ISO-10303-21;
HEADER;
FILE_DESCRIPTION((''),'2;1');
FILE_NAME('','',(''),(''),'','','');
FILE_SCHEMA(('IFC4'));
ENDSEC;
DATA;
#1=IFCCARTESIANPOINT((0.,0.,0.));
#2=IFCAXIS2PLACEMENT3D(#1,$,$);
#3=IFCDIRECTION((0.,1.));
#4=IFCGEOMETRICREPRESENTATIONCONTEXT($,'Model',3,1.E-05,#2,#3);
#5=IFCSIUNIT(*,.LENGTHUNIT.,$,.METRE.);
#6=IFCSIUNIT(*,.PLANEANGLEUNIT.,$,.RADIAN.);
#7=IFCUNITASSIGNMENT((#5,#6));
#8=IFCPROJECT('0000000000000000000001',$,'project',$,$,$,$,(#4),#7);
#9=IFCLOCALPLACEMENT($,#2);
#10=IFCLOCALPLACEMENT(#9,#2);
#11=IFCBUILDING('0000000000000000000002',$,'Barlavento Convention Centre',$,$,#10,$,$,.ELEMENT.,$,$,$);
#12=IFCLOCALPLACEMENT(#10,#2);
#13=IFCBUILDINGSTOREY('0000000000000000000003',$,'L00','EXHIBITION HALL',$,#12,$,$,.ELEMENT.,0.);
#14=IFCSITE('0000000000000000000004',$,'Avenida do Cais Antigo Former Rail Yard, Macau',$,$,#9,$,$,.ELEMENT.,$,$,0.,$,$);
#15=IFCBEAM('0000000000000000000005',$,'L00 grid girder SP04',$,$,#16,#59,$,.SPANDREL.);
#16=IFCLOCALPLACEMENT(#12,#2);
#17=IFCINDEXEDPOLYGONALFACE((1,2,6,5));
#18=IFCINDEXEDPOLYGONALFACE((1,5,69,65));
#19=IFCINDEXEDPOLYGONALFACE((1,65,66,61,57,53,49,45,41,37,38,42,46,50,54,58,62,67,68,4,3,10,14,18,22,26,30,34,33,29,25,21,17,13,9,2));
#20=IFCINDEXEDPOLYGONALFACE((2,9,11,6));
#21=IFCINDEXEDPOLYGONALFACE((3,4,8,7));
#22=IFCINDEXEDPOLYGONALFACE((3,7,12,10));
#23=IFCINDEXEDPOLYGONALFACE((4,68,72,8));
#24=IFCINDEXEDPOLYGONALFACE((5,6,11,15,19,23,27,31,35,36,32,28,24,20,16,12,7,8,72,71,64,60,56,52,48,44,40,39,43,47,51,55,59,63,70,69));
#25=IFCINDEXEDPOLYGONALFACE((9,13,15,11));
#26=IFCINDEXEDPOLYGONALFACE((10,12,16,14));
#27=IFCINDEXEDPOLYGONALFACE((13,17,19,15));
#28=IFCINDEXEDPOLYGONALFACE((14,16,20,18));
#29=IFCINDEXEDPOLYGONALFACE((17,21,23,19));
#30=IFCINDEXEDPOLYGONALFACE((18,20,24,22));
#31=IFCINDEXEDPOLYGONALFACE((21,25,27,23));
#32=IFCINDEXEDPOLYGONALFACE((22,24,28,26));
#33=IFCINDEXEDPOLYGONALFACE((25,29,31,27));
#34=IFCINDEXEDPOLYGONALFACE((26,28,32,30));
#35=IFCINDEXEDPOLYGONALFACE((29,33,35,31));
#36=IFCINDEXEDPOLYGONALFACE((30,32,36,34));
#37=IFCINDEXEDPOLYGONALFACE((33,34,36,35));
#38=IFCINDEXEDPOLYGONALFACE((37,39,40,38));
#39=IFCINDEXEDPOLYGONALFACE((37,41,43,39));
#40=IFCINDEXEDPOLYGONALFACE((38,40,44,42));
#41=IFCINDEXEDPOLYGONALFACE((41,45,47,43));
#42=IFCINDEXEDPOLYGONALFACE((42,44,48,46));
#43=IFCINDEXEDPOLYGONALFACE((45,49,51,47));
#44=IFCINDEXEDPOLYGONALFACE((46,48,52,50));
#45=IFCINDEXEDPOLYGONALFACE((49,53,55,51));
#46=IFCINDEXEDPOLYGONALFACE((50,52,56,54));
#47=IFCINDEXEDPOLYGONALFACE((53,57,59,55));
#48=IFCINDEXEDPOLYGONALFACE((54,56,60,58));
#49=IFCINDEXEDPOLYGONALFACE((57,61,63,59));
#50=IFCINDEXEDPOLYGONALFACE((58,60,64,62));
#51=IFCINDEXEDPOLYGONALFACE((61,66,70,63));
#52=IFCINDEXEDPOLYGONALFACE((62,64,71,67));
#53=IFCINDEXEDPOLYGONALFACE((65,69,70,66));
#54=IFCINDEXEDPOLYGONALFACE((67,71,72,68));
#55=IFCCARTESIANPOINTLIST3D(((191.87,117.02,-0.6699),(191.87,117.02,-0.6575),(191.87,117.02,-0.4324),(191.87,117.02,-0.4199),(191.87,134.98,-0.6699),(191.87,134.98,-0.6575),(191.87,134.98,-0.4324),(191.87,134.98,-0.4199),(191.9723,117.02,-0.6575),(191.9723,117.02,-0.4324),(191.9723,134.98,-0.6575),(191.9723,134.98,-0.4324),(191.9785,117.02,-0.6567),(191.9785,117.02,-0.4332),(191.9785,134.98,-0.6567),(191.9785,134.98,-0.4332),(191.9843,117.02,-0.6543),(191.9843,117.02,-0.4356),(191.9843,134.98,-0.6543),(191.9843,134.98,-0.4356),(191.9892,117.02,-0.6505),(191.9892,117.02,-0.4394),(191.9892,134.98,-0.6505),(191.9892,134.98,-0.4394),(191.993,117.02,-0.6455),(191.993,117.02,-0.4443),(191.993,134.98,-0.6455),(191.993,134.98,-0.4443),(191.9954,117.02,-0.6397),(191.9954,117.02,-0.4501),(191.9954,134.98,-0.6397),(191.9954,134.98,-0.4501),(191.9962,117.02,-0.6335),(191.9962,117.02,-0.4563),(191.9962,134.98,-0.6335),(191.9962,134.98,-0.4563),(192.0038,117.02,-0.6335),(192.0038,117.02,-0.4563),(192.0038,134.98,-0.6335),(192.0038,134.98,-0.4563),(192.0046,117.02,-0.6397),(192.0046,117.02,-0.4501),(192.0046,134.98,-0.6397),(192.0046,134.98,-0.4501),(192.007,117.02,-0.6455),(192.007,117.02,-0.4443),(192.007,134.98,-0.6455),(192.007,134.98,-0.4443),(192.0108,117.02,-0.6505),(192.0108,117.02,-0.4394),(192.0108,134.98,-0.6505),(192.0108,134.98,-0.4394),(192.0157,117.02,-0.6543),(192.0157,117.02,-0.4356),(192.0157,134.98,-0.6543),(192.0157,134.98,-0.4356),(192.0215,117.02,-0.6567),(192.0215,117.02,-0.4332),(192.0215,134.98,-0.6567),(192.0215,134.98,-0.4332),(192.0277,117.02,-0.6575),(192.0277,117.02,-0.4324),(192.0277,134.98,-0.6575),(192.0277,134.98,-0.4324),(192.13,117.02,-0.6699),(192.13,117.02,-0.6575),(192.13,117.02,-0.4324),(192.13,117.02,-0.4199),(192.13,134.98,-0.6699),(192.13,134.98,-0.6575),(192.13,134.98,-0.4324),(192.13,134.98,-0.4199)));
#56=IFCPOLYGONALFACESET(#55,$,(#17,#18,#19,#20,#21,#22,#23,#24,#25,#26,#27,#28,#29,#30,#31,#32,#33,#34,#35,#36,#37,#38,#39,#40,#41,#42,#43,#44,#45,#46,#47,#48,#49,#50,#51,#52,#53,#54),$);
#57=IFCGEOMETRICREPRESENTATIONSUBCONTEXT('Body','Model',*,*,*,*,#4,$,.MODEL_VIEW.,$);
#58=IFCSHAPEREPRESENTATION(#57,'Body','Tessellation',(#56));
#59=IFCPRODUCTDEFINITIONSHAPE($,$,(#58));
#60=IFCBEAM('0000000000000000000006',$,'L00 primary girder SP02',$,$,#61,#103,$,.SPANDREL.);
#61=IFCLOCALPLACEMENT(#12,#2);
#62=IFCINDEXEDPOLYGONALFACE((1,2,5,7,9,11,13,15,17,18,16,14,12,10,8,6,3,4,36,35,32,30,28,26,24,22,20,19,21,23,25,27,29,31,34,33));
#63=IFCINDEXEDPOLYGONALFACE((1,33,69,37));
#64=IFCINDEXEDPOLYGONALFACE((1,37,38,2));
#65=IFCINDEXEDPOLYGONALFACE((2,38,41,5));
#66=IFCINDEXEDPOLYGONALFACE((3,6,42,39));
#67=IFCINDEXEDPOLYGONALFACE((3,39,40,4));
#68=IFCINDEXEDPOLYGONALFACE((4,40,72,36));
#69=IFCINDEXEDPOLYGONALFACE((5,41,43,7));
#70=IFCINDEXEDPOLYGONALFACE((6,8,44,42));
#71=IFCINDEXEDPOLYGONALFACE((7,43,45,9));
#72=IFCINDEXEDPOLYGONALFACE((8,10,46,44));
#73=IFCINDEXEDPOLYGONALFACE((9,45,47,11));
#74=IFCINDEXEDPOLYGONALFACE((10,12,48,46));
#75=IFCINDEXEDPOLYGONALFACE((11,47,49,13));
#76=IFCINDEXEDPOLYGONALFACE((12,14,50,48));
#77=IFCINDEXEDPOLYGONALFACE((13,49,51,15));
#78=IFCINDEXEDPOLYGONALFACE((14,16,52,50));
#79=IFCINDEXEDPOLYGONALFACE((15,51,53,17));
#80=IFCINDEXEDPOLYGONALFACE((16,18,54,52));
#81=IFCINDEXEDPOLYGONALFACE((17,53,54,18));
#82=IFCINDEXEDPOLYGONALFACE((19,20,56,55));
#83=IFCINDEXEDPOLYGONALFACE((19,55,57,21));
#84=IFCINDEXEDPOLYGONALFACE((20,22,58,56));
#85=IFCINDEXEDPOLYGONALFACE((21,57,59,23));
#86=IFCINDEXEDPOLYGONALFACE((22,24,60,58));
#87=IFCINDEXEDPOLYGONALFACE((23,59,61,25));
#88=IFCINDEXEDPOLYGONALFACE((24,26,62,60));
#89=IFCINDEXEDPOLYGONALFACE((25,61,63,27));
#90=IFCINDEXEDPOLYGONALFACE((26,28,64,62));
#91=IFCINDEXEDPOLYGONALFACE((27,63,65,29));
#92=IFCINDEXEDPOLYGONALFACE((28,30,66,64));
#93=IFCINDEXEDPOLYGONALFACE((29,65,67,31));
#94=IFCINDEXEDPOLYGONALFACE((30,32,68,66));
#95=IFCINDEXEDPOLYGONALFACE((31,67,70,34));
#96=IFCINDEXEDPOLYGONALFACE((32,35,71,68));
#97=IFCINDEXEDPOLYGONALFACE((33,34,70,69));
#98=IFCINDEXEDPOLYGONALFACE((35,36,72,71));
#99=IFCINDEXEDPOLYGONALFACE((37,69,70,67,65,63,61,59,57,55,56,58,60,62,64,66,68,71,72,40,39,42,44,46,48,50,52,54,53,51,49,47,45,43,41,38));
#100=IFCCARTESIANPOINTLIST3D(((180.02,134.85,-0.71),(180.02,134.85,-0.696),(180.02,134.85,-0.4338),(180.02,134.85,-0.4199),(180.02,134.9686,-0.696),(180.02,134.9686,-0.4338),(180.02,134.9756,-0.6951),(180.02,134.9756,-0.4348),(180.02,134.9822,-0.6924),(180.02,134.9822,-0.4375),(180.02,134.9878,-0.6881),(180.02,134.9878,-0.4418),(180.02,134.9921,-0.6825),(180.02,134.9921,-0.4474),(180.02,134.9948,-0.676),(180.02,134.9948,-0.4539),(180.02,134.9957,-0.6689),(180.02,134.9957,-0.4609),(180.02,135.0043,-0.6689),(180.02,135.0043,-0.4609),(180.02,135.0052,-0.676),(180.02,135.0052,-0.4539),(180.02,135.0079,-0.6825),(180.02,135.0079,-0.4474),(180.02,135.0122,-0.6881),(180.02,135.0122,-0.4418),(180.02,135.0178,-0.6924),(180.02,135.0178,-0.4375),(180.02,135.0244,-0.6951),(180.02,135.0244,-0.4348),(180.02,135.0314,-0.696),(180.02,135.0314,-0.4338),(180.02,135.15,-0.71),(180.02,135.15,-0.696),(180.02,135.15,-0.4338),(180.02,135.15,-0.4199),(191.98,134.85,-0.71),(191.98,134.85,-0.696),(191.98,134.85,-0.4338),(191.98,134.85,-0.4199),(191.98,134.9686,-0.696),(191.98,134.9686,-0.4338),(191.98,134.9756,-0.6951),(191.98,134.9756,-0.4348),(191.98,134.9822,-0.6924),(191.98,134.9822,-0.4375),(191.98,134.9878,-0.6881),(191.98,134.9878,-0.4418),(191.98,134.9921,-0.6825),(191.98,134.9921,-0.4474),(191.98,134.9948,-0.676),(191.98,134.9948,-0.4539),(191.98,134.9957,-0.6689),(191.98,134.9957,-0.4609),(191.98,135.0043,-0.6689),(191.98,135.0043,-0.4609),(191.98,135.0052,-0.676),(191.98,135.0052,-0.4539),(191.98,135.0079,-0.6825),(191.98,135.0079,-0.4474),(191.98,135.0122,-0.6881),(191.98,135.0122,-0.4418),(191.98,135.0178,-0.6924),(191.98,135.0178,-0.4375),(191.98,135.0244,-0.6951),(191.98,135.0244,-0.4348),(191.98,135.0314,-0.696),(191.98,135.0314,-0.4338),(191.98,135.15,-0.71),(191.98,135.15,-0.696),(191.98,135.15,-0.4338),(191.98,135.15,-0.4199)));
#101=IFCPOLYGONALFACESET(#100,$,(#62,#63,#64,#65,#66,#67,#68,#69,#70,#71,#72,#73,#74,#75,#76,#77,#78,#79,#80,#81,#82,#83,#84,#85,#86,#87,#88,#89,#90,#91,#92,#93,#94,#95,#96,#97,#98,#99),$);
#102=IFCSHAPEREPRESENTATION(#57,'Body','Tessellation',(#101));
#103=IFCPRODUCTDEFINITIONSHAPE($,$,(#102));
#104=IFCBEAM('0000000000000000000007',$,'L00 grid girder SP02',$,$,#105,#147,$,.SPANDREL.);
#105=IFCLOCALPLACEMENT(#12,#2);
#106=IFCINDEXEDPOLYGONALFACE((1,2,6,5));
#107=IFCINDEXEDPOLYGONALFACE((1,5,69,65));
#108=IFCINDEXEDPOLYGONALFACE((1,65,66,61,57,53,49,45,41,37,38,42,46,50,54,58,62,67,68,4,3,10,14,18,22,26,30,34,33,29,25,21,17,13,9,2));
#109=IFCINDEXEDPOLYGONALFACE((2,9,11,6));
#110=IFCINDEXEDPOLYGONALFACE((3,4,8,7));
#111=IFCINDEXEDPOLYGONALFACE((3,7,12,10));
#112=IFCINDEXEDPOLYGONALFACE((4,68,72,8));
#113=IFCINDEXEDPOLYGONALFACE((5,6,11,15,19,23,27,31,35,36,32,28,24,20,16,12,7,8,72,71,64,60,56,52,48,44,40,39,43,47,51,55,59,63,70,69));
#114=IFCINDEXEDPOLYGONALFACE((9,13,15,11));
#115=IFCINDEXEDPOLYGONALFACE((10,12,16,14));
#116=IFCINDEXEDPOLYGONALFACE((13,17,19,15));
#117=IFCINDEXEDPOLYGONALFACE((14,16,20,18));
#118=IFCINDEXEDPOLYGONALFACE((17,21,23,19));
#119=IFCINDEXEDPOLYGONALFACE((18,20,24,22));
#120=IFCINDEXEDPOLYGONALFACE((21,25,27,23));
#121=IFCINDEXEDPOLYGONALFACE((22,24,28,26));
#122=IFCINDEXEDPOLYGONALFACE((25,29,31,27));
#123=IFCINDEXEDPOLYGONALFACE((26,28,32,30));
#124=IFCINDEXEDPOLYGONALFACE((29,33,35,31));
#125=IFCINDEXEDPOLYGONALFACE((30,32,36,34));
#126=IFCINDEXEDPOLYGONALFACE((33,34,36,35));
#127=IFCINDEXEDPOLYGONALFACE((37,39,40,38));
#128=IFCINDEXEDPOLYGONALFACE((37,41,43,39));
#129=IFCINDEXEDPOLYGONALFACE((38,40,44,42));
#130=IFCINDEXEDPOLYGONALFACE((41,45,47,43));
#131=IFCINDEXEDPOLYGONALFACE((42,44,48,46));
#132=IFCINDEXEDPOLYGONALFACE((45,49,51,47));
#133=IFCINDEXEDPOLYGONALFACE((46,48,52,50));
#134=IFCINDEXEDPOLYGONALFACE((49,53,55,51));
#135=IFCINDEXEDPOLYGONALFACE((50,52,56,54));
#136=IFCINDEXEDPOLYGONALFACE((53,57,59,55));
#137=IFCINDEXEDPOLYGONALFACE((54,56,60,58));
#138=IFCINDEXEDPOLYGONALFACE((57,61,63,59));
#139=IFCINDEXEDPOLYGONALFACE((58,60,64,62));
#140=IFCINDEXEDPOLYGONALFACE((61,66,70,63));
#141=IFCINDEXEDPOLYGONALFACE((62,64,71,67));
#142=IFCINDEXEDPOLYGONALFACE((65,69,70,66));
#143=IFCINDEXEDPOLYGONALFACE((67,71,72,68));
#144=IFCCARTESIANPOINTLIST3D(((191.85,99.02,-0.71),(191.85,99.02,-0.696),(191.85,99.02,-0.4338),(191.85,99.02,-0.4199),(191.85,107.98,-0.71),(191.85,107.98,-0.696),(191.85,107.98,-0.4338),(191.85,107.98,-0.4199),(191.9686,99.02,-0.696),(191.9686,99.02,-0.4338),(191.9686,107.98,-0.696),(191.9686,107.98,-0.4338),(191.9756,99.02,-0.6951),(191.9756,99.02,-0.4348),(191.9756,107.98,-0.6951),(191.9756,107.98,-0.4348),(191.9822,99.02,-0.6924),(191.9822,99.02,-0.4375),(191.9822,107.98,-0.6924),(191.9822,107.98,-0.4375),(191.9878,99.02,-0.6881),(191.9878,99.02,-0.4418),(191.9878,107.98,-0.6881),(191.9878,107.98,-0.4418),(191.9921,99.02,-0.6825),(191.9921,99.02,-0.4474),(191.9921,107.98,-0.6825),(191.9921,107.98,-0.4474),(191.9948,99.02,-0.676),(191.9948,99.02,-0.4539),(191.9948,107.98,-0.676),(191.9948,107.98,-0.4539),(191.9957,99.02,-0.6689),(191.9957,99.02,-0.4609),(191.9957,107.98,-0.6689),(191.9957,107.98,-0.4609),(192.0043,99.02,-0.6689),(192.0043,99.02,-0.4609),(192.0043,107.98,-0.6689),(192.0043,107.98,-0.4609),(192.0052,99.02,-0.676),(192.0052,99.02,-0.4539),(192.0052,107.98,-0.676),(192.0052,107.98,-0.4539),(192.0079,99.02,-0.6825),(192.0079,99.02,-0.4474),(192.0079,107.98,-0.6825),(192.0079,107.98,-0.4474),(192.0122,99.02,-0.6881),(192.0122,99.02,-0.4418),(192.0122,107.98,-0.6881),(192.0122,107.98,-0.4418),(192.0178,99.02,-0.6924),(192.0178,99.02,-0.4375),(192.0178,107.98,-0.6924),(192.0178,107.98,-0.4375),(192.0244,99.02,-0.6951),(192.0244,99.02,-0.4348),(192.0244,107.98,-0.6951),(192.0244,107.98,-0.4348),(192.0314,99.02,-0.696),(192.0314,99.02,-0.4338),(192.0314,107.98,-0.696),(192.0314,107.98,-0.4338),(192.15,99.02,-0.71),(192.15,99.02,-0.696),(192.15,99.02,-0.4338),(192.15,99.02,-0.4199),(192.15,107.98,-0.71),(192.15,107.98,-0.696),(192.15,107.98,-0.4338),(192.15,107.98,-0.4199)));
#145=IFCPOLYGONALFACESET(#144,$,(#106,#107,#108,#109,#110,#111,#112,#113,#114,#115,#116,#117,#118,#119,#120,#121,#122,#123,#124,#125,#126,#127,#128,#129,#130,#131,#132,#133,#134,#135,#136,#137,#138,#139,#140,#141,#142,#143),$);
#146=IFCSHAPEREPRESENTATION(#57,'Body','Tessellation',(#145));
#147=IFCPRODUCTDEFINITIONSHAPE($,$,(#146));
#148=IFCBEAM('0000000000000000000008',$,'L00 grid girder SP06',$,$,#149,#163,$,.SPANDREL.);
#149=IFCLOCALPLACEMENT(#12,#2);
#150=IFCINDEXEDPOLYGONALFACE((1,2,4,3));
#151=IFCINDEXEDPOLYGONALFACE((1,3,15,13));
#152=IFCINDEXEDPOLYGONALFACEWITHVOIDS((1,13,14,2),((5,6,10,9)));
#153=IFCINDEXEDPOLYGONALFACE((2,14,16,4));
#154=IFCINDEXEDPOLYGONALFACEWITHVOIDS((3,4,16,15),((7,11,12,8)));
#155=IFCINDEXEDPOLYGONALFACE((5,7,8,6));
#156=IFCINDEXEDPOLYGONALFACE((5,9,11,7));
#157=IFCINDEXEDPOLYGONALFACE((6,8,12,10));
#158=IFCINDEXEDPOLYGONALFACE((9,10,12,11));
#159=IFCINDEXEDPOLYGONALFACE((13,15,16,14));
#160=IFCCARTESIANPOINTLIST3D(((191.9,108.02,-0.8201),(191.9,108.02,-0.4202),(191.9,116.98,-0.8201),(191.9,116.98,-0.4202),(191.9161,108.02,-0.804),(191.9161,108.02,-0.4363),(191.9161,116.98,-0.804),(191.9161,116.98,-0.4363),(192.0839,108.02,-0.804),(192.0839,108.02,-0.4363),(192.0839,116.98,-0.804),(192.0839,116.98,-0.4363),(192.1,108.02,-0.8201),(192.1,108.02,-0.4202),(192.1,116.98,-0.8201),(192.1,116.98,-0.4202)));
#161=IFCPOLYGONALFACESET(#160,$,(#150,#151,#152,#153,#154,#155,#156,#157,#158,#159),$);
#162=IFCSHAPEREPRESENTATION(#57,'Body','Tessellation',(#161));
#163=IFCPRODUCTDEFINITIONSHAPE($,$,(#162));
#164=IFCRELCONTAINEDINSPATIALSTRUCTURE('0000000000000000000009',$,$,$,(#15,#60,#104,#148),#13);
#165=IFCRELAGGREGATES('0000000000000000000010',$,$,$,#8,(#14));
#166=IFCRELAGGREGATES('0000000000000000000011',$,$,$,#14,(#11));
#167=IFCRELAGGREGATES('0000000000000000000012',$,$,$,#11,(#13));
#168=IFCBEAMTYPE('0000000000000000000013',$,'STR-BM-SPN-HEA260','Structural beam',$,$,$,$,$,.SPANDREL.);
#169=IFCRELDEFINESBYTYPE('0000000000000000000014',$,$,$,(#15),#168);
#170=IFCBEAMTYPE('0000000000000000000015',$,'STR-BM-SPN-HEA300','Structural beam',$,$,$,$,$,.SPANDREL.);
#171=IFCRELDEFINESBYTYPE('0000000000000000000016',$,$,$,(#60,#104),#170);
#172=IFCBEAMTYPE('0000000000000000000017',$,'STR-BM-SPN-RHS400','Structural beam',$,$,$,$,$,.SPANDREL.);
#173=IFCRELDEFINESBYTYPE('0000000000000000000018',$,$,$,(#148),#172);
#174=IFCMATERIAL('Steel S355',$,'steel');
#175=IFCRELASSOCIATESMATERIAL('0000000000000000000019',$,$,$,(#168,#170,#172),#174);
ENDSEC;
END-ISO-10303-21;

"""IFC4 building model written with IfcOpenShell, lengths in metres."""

from ifc_helpers import new_model, si_unit, direction, frame, origin, origin_2d, place, context, subcontext, project, spatial, hollow_rectangle, i_section, extrude, material, material_profile, profile_set, type_object, element, save


model = new_model("IFC4")

# Units and contexts
model_context = context("Model", 3, precision=1e-05, world=origin(), true_north=direction((0.0, 1.0)))
body_context = subcontext(model_context, "Body", "Model", "MODEL_VIEW")
ifc_project = project(units=[si_unit("LENGTHUNIT", "METRE"), si_unit("PLANEANGLEUNIT", "RADIAN")], contexts=[model_context])

# Site, building, storey
site_placement = place(None, origin())
site = spatial("IfcSite", under=ifc_project, at=site_placement, Name="Avenida do Cais Antigo Former Rail Yard, Macau", CompositionType="ELEMENT", RefElevation=0.0)
building_placement = place(site_placement, origin())
building = spatial("IfcBuilding", under=site, at=building_placement, Name="Barlavento Convention Centre", CompositionType="ELEMENT")
storey_placement = place(building_placement, origin())
storey = spatial("IfcBuildingStorey", under=building, at=storey_placement, Name="L00", Description="EXHIBITION HALL", CompositionType="ELEMENT", Elevation=0.0)

# Beams
ifc_material_1 = material(Name="Steel S355", Category="steel")
ifc_material_profile_1 = material_profile(ifc_material_1, i_section(OverallWidth=0.26, OverallDepth=0.25, WebThickness=0.0076, FlangeThickness=0.0125, FilletRadius=0.0239, at=origin_2d()), Name="HEA 260")
ifc_profile_set_1 = profile_set([ifc_material_profile_1], Name="Steel S355")
beam_type_1 = type_object("IfcBeamType", Name="STR-BM-SPN-HEA260", Description="Structural beam", PredefinedType="SPANDREL", material=ifc_profile_set_1)
beam_1_placement = place(storey_placement, frame((192.0, 117.02, -0.5449), z_axis=(0.0, 1.0, 0.0), x_axis=(-1.0, 0.0, 0.0)))
element("IfcBeam", 1, at=beam_1_placement, inside=storey, type_object=beam_type_1, Name="L00 grid girder SP04", PredefinedType="SPANDREL", context=body_context, shape_type="SweptSolid", body=[
    extrude(i_section(OverallWidth=0.26, OverallDepth=0.25, WebThickness=0.0076, FlangeThickness=0.0125, FilletRadius=0.0239, at=origin_2d()), origin(), (0.0, 0.0, 1.0), 17.96),
])
ifc_material_profile_2 = material_profile(ifc_material_1, i_section(OverallWidth=0.3, OverallDepth=0.29, WebThickness=0.0085, FlangeThickness=0.0139, FilletRadius=0.0271, at=origin_2d()), Name="HEA 300")
ifc_profile_set_2 = profile_set([ifc_material_profile_2], Name="Steel S355")
beam_type_2 = type_object("IfcBeamType", Name="STR-BM-SPN-HEA300", Description="Structural beam", PredefinedType="SPANDREL", material=ifc_profile_set_2)
beam_2_placement = place(storey_placement, frame((180.02, 135.0, -0.5649), z_axis=(1.0, 0.0, 0.0), x_axis=(0.0, 1.0, 0.0)))
element("IfcBeam", 2, at=beam_2_placement, inside=storey, type_object=beam_type_2, Name="L00 primary girder SP02", PredefinedType="SPANDREL", context=body_context, shape_type="SweptSolid", body=[
    extrude(i_section(OverallWidth=0.3, OverallDepth=0.29, WebThickness=0.0085, FlangeThickness=0.0139, FilletRadius=0.0271, at=origin_2d()), origin(), (0.0, 0.0, 1.0), 11.96),
])
beam_3_placement = place(storey_placement, frame((192.0, 99.02, -0.5649), z_axis=(0.0, 1.0, 0.0), x_axis=(-1.0, 0.0, 0.0)))
element("IfcBeam", 3, at=beam_3_placement, inside=storey, type_object=beam_type_2, Name="L00 grid girder SP02", PredefinedType="SPANDREL", context=body_context, shape_type="SweptSolid", body=[
    extrude(i_section(OverallWidth=0.3, OverallDepth=0.29, WebThickness=0.0085, FlangeThickness=0.0139, FilletRadius=0.0271, at=origin_2d()), origin(), (0.0, 0.0, 1.0), 8.96),
])
ifc_material_profile_3 = material_profile(ifc_material_1, hollow_rectangle(XDim=0.2, YDim=0.3999, WallThickness=0.0161, at=origin_2d()), Name="RHS 400x200x16.0")
ifc_profile_set_3 = profile_set([ifc_material_profile_3], Name="Steel S355")
beam_type_3 = type_object("IfcBeamType", Name="STR-BM-SPN-RHS400", Description="Structural beam", PredefinedType="SPANDREL", material=ifc_profile_set_3)
beam_4_placement = place(storey_placement, frame((192.0, 108.02, -0.6201), z_axis=(0.0, 1.0, 0.0), x_axis=(-1.0, 0.0, 0.0)))
element("IfcBeam", 4, at=beam_4_placement, inside=storey, type_object=beam_type_3, Name="L00 grid girder SP06", PredefinedType="SPANDREL", context=body_context, shape_type="SweptSolid", body=[
    extrude(hollow_rectangle(XDim=0.2, YDim=0.3999, WallThickness=0.0161, at=origin_2d()), origin(), (0.0, 0.0, 1.0), 8.96),
])

save(model, "model.ifc")
